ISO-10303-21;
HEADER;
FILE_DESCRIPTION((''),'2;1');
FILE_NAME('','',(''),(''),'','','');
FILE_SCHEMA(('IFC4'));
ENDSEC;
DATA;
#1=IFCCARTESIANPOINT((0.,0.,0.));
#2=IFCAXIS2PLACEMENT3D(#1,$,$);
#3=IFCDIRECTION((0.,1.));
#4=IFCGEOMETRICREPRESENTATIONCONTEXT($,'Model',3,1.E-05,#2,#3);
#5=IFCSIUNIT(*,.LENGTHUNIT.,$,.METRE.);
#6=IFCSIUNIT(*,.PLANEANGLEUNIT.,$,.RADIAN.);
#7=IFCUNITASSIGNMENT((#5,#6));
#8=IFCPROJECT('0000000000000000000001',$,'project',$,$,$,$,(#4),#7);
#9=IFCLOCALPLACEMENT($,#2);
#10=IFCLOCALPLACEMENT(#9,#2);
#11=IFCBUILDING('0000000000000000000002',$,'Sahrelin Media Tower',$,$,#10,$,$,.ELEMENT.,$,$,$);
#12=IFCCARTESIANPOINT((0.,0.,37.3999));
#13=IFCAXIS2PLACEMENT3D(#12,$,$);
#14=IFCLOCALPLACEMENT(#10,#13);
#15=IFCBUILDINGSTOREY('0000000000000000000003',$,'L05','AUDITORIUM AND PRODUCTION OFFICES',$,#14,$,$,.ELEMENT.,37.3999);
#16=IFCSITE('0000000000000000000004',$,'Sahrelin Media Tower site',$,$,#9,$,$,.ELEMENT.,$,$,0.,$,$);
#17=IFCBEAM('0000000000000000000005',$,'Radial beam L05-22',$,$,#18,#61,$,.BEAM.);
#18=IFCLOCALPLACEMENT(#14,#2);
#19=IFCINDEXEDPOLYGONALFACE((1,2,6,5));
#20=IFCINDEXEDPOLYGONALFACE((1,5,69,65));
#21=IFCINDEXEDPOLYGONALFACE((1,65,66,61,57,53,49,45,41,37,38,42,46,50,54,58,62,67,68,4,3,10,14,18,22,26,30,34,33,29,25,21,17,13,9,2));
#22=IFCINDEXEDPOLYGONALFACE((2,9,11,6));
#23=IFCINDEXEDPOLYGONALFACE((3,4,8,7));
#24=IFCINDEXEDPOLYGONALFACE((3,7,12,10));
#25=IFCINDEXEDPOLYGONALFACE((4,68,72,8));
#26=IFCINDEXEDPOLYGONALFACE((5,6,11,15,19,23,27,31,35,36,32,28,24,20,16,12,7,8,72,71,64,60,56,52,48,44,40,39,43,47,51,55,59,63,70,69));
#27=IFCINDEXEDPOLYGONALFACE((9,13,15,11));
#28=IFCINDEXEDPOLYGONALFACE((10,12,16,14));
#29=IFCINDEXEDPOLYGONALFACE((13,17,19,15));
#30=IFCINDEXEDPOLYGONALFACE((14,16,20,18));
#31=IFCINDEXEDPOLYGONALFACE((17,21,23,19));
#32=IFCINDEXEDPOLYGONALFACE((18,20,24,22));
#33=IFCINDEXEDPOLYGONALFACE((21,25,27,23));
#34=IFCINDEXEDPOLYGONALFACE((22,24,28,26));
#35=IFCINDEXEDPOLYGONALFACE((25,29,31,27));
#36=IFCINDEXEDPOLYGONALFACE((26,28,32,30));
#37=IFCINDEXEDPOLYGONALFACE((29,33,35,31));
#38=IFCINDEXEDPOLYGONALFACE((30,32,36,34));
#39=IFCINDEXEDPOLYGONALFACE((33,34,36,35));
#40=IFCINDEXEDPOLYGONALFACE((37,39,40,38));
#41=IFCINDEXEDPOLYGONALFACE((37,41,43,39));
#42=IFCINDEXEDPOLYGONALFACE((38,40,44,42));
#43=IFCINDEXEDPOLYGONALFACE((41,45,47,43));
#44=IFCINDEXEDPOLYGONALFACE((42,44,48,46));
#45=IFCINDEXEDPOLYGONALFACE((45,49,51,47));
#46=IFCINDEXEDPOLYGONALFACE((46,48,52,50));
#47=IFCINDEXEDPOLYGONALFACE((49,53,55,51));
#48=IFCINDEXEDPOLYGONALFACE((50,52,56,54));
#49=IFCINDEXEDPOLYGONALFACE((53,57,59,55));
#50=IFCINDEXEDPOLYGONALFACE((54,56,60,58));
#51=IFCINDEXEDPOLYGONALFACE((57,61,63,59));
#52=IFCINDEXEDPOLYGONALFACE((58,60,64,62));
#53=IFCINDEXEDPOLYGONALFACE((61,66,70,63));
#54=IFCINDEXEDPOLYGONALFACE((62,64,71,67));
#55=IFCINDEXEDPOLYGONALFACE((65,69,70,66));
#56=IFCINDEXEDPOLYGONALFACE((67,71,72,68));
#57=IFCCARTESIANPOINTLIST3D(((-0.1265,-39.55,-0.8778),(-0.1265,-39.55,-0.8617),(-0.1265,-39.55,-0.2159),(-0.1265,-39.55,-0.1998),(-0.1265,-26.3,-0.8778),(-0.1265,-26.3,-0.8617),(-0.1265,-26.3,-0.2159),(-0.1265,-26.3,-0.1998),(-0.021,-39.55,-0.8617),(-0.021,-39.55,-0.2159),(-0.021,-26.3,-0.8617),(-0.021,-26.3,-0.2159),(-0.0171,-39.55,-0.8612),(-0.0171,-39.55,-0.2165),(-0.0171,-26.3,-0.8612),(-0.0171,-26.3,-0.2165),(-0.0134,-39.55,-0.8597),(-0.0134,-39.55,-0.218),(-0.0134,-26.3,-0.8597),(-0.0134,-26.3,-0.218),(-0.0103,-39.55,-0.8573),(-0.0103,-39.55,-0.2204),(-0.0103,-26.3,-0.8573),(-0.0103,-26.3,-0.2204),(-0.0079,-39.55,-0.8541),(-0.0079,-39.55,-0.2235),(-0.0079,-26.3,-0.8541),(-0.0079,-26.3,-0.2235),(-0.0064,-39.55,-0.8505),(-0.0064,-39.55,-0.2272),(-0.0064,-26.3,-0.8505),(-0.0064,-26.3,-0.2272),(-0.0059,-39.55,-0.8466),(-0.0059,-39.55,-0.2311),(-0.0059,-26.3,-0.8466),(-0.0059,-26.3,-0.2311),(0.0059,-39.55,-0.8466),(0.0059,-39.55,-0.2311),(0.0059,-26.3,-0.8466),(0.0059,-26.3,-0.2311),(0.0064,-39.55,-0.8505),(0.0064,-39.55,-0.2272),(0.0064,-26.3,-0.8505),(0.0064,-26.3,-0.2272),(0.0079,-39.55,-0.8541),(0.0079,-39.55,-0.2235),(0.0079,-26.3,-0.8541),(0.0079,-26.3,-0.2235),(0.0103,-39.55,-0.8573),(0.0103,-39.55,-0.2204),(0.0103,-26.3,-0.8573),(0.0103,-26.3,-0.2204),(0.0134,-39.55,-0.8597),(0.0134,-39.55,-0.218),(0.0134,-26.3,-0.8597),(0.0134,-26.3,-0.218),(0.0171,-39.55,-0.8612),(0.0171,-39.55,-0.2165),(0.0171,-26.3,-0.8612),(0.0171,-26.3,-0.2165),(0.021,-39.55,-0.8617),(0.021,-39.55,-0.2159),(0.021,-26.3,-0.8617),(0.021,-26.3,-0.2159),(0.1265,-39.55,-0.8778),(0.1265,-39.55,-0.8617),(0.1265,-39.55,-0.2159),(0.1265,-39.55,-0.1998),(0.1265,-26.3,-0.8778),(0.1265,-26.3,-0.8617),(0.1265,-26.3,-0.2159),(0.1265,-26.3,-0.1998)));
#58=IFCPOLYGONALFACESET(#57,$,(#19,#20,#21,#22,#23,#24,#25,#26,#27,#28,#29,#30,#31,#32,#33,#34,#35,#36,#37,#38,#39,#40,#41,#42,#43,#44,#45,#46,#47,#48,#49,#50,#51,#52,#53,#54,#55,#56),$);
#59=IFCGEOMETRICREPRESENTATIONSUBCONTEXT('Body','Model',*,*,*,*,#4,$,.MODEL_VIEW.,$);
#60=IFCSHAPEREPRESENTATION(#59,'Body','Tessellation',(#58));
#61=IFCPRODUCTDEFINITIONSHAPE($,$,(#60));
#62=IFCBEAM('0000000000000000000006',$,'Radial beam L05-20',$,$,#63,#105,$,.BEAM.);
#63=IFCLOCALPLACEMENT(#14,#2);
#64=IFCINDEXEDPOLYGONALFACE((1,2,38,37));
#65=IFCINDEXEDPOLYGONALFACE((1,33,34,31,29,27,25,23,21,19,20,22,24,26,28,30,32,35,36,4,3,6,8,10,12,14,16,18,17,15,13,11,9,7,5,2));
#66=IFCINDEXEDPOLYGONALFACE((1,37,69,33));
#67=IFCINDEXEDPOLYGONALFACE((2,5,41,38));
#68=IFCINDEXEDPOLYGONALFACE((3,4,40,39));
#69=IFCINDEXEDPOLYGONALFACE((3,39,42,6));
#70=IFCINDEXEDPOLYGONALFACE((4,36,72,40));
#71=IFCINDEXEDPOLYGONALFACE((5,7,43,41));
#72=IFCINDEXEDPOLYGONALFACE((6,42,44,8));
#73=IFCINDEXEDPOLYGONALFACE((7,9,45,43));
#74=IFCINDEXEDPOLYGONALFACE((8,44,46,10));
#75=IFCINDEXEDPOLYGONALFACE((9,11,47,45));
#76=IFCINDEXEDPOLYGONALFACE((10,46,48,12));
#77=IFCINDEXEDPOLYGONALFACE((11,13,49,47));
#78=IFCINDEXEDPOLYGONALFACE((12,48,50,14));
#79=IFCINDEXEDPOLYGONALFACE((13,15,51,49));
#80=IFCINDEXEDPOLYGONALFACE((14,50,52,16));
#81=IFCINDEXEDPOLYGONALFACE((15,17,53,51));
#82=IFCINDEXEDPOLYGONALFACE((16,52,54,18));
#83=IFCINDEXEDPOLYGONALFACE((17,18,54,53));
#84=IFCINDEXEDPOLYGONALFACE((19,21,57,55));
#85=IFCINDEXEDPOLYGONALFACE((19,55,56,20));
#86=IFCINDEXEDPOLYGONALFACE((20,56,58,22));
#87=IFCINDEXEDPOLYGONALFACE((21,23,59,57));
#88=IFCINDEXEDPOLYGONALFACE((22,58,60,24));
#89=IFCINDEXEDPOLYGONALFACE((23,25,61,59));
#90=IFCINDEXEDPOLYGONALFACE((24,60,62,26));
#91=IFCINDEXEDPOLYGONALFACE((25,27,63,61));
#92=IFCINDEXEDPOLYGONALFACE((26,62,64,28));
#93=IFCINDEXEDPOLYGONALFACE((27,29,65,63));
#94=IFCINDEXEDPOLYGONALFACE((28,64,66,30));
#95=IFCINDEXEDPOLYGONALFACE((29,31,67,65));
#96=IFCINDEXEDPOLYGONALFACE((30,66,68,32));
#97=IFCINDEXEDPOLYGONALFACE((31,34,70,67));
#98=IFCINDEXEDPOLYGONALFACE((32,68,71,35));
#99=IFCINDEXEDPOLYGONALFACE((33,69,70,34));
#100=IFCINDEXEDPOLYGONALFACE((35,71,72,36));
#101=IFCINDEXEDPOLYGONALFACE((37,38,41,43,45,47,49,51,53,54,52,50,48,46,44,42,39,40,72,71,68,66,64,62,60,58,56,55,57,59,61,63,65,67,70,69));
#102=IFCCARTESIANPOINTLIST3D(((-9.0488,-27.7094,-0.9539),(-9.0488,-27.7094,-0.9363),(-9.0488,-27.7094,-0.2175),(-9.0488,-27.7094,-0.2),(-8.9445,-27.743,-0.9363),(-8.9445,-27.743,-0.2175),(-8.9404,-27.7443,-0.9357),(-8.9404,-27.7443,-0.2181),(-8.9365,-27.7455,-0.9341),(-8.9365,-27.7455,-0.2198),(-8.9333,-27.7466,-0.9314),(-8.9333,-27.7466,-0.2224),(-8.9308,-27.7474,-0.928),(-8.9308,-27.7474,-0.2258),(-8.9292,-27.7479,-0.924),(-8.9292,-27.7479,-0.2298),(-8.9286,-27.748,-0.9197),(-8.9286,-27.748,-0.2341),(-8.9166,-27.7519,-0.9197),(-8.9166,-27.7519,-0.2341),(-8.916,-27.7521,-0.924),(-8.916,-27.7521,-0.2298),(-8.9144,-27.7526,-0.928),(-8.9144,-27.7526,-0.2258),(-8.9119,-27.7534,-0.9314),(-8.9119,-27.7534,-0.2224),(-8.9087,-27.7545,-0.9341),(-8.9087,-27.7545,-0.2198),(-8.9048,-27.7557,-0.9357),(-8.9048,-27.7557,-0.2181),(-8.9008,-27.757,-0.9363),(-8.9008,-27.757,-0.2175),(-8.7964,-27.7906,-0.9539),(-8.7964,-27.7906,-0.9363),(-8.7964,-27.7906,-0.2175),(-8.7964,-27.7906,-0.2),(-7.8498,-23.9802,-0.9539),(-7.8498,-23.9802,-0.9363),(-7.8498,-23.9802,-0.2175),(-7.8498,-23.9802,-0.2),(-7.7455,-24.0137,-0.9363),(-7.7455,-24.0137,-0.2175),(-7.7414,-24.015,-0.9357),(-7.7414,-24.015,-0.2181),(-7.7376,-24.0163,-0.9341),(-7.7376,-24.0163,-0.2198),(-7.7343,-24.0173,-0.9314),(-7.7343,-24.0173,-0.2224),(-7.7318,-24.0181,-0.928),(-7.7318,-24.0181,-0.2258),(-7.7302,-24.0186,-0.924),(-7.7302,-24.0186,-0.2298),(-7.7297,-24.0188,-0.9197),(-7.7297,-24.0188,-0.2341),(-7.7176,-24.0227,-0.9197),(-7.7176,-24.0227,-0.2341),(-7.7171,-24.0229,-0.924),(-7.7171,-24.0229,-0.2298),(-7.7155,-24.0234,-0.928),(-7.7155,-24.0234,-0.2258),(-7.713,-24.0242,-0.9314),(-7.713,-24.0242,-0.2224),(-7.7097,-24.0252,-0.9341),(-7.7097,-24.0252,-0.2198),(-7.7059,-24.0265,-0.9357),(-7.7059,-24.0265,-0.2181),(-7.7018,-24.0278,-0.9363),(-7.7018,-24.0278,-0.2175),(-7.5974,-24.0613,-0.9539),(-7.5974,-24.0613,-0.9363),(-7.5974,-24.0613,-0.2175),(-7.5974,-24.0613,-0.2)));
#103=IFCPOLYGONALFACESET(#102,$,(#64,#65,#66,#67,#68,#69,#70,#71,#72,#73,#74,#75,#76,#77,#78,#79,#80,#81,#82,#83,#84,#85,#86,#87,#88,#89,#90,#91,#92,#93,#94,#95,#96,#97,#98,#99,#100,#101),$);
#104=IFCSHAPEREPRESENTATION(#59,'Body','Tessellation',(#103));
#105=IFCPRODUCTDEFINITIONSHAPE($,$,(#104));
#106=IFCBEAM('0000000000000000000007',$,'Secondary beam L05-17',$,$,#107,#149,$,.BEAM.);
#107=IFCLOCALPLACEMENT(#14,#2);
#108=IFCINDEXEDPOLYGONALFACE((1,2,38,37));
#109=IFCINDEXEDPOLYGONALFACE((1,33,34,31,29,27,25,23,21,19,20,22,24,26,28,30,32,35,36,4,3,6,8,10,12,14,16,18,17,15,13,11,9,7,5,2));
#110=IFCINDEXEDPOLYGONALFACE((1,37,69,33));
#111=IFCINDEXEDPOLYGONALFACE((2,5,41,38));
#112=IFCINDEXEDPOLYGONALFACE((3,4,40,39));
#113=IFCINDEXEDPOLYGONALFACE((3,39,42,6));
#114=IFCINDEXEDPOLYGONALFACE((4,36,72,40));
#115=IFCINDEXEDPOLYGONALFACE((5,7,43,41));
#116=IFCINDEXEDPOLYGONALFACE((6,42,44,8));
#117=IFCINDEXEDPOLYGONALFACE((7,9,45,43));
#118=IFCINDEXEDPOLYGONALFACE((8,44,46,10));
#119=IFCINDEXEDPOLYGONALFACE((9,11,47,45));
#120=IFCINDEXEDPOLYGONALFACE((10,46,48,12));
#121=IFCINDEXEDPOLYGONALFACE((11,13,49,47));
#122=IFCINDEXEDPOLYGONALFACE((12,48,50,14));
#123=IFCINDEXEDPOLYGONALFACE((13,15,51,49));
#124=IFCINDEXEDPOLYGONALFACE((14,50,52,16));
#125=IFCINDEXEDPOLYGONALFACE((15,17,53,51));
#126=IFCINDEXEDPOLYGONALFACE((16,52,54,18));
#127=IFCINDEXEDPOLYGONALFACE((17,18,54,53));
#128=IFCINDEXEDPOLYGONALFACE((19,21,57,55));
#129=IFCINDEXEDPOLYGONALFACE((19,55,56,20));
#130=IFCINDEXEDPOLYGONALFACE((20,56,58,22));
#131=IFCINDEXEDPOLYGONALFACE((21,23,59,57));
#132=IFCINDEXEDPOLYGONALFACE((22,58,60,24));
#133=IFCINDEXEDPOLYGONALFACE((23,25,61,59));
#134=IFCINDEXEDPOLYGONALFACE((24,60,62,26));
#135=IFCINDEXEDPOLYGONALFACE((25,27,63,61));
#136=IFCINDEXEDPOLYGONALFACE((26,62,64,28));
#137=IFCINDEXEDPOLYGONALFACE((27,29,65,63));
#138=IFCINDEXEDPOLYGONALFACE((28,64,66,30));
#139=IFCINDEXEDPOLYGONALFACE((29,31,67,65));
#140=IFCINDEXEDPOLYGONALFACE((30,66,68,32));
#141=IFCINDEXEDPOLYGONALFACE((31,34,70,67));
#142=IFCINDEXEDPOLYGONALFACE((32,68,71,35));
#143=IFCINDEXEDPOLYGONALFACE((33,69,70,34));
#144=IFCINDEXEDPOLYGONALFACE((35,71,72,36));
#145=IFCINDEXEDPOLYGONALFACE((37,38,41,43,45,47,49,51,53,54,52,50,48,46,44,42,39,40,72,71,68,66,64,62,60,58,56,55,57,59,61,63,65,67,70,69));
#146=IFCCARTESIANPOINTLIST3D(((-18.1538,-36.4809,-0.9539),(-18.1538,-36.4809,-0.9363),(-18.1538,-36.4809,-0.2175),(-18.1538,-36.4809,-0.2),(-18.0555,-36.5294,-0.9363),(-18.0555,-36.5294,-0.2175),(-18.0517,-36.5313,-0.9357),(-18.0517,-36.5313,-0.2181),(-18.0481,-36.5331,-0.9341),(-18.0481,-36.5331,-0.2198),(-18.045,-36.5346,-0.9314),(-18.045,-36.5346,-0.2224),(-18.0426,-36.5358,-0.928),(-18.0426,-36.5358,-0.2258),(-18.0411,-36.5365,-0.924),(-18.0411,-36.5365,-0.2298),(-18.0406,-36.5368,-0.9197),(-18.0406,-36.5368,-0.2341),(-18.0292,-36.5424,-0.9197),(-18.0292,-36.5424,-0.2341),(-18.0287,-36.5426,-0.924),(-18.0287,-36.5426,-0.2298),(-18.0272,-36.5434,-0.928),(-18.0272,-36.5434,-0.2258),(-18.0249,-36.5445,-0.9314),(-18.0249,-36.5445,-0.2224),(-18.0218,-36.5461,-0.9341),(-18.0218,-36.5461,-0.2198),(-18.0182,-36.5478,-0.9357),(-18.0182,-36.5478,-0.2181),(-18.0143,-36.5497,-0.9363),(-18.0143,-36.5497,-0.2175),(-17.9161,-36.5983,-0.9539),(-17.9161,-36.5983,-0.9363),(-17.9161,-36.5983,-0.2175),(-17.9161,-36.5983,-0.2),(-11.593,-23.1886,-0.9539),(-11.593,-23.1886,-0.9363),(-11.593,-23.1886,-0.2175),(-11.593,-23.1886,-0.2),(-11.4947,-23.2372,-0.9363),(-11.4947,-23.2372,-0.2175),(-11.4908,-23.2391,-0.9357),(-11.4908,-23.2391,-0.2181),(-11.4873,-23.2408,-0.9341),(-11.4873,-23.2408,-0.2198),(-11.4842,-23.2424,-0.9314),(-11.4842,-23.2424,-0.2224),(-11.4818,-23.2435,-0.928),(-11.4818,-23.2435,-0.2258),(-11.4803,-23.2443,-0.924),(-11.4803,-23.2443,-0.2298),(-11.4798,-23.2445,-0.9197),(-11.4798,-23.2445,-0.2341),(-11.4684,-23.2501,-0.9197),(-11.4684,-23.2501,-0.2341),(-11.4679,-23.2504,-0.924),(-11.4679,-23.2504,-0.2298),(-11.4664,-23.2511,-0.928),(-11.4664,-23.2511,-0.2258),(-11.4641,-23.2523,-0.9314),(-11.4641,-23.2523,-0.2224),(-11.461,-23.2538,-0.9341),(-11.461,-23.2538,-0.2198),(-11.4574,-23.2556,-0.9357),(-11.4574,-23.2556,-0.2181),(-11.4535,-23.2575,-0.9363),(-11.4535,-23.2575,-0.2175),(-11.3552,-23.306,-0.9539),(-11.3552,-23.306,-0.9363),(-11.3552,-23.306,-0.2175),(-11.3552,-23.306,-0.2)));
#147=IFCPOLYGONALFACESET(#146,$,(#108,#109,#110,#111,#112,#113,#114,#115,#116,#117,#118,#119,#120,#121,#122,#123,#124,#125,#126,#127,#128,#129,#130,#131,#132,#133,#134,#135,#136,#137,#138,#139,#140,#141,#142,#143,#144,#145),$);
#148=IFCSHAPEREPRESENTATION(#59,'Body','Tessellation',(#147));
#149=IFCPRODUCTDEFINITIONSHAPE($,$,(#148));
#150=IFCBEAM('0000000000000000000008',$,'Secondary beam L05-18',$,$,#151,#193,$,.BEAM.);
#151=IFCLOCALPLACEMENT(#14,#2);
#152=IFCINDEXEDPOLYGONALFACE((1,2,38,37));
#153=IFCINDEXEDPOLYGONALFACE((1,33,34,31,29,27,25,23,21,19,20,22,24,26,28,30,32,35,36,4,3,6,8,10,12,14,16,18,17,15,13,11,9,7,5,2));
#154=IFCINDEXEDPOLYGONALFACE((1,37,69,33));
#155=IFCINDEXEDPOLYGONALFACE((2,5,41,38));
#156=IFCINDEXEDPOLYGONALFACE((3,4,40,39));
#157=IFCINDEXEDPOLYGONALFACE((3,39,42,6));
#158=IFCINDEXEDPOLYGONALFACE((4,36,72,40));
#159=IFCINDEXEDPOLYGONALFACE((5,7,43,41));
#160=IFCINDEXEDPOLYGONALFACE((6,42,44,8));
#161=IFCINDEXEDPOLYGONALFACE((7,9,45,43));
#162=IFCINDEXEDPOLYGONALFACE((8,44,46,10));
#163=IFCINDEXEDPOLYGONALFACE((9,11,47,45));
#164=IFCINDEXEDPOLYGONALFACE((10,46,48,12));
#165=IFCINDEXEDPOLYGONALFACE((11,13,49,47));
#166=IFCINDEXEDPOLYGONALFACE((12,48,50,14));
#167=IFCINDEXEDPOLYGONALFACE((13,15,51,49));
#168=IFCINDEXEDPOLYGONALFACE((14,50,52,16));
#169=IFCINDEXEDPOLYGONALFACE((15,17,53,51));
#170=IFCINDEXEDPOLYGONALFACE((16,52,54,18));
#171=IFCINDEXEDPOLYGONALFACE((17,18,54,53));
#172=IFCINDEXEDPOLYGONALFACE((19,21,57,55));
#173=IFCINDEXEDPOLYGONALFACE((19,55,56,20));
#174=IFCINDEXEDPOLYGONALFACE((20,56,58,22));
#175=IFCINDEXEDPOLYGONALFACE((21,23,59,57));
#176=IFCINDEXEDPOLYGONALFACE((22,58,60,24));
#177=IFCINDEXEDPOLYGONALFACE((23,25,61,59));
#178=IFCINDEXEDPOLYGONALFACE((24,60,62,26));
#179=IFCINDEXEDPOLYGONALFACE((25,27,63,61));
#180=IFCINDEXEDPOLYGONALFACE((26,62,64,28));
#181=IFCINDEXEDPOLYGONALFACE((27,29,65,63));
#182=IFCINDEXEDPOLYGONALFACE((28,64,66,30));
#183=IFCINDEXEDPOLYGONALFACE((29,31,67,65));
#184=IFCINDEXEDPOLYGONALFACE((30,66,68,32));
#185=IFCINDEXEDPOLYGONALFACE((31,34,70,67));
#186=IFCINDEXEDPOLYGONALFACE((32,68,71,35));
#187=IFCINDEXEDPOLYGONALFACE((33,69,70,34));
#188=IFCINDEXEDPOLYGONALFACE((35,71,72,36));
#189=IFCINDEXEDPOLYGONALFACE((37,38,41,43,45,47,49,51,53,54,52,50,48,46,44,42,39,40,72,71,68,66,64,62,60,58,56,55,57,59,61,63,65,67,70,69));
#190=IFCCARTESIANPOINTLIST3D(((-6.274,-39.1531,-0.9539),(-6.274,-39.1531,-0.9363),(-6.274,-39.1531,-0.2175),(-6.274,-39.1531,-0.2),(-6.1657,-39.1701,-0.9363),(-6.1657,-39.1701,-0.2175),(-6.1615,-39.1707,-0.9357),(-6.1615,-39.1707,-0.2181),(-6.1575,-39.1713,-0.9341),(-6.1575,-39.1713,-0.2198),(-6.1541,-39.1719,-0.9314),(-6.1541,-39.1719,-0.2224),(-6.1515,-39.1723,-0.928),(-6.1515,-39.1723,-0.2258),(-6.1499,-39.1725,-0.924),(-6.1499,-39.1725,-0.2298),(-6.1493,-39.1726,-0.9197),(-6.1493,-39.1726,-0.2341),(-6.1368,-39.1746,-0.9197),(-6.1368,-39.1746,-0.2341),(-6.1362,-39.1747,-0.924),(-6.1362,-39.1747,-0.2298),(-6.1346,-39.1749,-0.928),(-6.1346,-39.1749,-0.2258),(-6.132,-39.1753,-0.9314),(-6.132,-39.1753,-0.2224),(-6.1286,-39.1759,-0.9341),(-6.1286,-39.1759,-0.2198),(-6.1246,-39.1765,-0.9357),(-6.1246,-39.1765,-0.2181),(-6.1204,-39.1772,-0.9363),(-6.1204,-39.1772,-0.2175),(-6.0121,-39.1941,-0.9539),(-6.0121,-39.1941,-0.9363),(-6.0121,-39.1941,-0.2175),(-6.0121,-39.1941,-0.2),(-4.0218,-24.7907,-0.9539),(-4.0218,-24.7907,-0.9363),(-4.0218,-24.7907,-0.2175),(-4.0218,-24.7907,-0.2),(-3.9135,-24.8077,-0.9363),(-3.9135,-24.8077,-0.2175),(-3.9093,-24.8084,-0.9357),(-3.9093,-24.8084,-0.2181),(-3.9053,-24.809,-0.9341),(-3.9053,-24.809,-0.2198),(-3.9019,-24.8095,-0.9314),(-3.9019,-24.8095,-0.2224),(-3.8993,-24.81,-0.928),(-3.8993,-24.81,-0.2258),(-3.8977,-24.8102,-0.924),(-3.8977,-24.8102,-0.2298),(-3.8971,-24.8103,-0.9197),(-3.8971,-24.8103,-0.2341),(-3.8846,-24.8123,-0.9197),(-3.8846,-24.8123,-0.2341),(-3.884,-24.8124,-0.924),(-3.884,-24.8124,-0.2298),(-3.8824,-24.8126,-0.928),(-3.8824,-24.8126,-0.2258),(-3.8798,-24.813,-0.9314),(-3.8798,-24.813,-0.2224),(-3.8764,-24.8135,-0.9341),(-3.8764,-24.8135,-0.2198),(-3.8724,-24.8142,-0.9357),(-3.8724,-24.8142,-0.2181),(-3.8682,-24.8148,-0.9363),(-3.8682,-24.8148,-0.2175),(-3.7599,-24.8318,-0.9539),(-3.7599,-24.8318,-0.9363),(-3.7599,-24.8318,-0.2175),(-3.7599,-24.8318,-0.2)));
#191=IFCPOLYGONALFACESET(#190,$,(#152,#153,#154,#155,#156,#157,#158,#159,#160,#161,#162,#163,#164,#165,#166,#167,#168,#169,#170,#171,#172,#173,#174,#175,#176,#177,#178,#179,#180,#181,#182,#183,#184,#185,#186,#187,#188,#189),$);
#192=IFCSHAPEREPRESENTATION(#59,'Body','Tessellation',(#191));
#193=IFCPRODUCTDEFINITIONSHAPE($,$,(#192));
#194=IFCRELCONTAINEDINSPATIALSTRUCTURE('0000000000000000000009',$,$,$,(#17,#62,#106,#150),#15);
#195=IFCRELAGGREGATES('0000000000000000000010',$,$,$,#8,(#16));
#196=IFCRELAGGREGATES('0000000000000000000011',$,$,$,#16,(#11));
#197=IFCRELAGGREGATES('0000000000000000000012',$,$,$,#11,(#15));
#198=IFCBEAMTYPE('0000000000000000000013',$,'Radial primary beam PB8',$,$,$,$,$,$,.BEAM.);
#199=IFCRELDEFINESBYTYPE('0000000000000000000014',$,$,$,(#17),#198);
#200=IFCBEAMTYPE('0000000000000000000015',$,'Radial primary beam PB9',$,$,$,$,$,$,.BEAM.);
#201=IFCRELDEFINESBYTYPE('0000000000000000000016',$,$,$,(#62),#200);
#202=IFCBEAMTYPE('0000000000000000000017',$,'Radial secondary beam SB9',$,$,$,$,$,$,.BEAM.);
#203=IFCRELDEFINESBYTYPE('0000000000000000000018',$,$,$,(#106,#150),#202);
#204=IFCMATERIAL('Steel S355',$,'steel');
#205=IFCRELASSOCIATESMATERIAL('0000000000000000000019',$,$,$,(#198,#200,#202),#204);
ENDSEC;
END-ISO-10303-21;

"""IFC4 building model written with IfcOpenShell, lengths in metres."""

from ifc_helpers import new_model, si_unit, direction, frame, origin, origin_2d, place, context, subcontext, project, spatial, i_section, extrude, material, material_profile, profile_set, type_object, element, save


model = new_model("IFC4")

# Units and contexts
model_context = context("Model", 3, precision=1e-05, world=origin(), true_north=direction((0.0, 1.0)))
body_context = subcontext(model_context, "Body", "Model", "MODEL_VIEW")
ifc_project = project(units=[si_unit("LENGTHUNIT", "METRE"), si_unit("PLANEANGLEUNIT", "RADIAN")], contexts=[model_context])

# Site, building, storey
site_placement = place(None, origin())
site = spatial("IfcSite", under=ifc_project, at=site_placement, Name="Sahrelin Media Tower site", CompositionType="ELEMENT", RefElevation=0.0)
building_placement = place(site_placement, origin())
building = spatial("IfcBuilding", under=site, at=building_placement, Name="Sahrelin Media Tower", CompositionType="ELEMENT")
storey_placement = place(building_placement, frame((0.0, 0.0, 37.3999)))
storey = spatial("IfcBuildingStorey", under=building, at=storey_placement, Name="L05", Description="AUDITORIUM AND PRODUCTION OFFICES", CompositionType="ELEMENT", Elevation=37.3999)

# Shared definitions
ifc_material_1 = material(Name="Steel S355", Category="steel")

# Beams
ifc_material_profile_1 = material_profile(ifc_material_1, i_section(OverallWidth=0.2529, OverallDepth=0.678, WebThickness=0.0117, FlangeThickness=0.0161, FilletRadius=0.0151, at=origin_2d()), Name="UB 686x254x125")
ifc_profile_set_1 = profile_set([ifc_material_profile_1], Name="Steel S355")
beam_type_1 = type_object("IfcBeamType", Name="Radial primary beam PB8", PredefinedType="BEAM", material=ifc_profile_set_1)
beam_1_placement = place(storey_placement, frame((0.0, -26.3, -0.5388), z_axis=(0.0, -1.0, 0.0), x_axis=(1.0, 0.0, 0.0)))
element("IfcBeam", 1, at=beam_1_placement, inside=storey, type_object=beam_type_1, Name="Radial beam L05-22", PredefinedType="BEAM", context=body_context, shape_type="SweptSolid", body=[
    extrude(i_section(OverallWidth=0.2529, OverallDepth=0.678, WebThickness=0.0117, FlangeThickness=0.0161, FilletRadius=0.0151, at=origin_2d()), origin(), (0.0, 0.0, 1.0), 13.25),
])
ifc_material_profile_2 = material_profile(ifc_material_1, i_section(OverallWidth=0.2651, OverallDepth=0.7539, WebThickness=0.0127, FlangeThickness=0.0176, FilletRadius=0.0166, at=origin_2d()), Name="UB 762x267x147")
ifc_profile_set_2 = profile_set([ifc_material_profile_2], Name="Steel S355")
beam_type_2 = type_object("IfcBeamType", Name="Radial primary beam PB9", PredefinedType="BEAM", material=ifc_profile_set_2)
beam_2_placement = place(storey_placement, frame((-7.7236, -24.0208, -0.5769), z_axis=(-0.306076, -0.952007, 0.0), x_axis=(0.952007, -0.306076, 0.0)))
element("IfcBeam", 2, at=beam_2_placement, inside=storey, type_object=beam_type_2, Name="Radial beam L05-20", PredefinedType="BEAM", context=body_context, shape_type="SweptSolid", body=[
    extrude(i_section(OverallWidth=0.2651, OverallDepth=0.7539, WebThickness=0.0127, FlangeThickness=0.0176, FilletRadius=0.0166, at=origin_2d()), origin(), (0.0, 0.0, 1.0), 3.9172),
])
ifc_material_profile_3 = material_profile(ifc_material_1, i_section(OverallWidth=0.2651, OverallDepth=0.7539, WebThickness=0.0127, FlangeThickness=0.0176, FilletRadius=0.0166, at=origin_2d()), Name="UB 762x267x147")
ifc_profile_set_3 = profile_set([ifc_material_profile_3], Name="Steel S355")
beam_type_3 = type_object("IfcBeamType", Name="Radial secondary beam SB9", PredefinedType="BEAM", material=ifc_profile_set_3)
beam_3_placement = place(storey_placement, frame((-11.4741, -23.2473, -0.5769), z_axis=(-0.442603, -0.896718, 0.0), x_axis=(0.896718, -0.442603, 0.0)))
element("IfcBeam", 3, at=beam_3_placement, inside=storey, type_object=beam_type_3, Name="Secondary beam L05-17", PredefinedType="BEAM", context=body_context, shape_type="SweptSolid", body=[
    extrude(i_section(OverallWidth=0.2651, OverallDepth=0.7539, WebThickness=0.0127, FlangeThickness=0.0176, FilletRadius=0.0166, at=origin_2d()), origin(), (0.0, 0.0, 1.0), 14.8232),
])
beam_4_placement = place(storey_placement, frame((-3.8909, -24.8113, -0.5769), z_axis=(-0.15492, -0.987927, 0.0), x_axis=(0.987927, -0.15492, 0.0)))
element("IfcBeam", 4, at=beam_4_placement, inside=storey, type_object=beam_type_3, Name="Secondary beam L05-18", PredefinedType="BEAM", context=body_context, shape_type="SweptSolid", body=[
    extrude(i_section(OverallWidth=0.2651, OverallDepth=0.7539, WebThickness=0.0127, FlangeThickness=0.0176, FilletRadius=0.0166, at=origin_2d()), origin(), (0.0, 0.0, 1.0), 14.5378),
])

save(model, "model.ifc")
